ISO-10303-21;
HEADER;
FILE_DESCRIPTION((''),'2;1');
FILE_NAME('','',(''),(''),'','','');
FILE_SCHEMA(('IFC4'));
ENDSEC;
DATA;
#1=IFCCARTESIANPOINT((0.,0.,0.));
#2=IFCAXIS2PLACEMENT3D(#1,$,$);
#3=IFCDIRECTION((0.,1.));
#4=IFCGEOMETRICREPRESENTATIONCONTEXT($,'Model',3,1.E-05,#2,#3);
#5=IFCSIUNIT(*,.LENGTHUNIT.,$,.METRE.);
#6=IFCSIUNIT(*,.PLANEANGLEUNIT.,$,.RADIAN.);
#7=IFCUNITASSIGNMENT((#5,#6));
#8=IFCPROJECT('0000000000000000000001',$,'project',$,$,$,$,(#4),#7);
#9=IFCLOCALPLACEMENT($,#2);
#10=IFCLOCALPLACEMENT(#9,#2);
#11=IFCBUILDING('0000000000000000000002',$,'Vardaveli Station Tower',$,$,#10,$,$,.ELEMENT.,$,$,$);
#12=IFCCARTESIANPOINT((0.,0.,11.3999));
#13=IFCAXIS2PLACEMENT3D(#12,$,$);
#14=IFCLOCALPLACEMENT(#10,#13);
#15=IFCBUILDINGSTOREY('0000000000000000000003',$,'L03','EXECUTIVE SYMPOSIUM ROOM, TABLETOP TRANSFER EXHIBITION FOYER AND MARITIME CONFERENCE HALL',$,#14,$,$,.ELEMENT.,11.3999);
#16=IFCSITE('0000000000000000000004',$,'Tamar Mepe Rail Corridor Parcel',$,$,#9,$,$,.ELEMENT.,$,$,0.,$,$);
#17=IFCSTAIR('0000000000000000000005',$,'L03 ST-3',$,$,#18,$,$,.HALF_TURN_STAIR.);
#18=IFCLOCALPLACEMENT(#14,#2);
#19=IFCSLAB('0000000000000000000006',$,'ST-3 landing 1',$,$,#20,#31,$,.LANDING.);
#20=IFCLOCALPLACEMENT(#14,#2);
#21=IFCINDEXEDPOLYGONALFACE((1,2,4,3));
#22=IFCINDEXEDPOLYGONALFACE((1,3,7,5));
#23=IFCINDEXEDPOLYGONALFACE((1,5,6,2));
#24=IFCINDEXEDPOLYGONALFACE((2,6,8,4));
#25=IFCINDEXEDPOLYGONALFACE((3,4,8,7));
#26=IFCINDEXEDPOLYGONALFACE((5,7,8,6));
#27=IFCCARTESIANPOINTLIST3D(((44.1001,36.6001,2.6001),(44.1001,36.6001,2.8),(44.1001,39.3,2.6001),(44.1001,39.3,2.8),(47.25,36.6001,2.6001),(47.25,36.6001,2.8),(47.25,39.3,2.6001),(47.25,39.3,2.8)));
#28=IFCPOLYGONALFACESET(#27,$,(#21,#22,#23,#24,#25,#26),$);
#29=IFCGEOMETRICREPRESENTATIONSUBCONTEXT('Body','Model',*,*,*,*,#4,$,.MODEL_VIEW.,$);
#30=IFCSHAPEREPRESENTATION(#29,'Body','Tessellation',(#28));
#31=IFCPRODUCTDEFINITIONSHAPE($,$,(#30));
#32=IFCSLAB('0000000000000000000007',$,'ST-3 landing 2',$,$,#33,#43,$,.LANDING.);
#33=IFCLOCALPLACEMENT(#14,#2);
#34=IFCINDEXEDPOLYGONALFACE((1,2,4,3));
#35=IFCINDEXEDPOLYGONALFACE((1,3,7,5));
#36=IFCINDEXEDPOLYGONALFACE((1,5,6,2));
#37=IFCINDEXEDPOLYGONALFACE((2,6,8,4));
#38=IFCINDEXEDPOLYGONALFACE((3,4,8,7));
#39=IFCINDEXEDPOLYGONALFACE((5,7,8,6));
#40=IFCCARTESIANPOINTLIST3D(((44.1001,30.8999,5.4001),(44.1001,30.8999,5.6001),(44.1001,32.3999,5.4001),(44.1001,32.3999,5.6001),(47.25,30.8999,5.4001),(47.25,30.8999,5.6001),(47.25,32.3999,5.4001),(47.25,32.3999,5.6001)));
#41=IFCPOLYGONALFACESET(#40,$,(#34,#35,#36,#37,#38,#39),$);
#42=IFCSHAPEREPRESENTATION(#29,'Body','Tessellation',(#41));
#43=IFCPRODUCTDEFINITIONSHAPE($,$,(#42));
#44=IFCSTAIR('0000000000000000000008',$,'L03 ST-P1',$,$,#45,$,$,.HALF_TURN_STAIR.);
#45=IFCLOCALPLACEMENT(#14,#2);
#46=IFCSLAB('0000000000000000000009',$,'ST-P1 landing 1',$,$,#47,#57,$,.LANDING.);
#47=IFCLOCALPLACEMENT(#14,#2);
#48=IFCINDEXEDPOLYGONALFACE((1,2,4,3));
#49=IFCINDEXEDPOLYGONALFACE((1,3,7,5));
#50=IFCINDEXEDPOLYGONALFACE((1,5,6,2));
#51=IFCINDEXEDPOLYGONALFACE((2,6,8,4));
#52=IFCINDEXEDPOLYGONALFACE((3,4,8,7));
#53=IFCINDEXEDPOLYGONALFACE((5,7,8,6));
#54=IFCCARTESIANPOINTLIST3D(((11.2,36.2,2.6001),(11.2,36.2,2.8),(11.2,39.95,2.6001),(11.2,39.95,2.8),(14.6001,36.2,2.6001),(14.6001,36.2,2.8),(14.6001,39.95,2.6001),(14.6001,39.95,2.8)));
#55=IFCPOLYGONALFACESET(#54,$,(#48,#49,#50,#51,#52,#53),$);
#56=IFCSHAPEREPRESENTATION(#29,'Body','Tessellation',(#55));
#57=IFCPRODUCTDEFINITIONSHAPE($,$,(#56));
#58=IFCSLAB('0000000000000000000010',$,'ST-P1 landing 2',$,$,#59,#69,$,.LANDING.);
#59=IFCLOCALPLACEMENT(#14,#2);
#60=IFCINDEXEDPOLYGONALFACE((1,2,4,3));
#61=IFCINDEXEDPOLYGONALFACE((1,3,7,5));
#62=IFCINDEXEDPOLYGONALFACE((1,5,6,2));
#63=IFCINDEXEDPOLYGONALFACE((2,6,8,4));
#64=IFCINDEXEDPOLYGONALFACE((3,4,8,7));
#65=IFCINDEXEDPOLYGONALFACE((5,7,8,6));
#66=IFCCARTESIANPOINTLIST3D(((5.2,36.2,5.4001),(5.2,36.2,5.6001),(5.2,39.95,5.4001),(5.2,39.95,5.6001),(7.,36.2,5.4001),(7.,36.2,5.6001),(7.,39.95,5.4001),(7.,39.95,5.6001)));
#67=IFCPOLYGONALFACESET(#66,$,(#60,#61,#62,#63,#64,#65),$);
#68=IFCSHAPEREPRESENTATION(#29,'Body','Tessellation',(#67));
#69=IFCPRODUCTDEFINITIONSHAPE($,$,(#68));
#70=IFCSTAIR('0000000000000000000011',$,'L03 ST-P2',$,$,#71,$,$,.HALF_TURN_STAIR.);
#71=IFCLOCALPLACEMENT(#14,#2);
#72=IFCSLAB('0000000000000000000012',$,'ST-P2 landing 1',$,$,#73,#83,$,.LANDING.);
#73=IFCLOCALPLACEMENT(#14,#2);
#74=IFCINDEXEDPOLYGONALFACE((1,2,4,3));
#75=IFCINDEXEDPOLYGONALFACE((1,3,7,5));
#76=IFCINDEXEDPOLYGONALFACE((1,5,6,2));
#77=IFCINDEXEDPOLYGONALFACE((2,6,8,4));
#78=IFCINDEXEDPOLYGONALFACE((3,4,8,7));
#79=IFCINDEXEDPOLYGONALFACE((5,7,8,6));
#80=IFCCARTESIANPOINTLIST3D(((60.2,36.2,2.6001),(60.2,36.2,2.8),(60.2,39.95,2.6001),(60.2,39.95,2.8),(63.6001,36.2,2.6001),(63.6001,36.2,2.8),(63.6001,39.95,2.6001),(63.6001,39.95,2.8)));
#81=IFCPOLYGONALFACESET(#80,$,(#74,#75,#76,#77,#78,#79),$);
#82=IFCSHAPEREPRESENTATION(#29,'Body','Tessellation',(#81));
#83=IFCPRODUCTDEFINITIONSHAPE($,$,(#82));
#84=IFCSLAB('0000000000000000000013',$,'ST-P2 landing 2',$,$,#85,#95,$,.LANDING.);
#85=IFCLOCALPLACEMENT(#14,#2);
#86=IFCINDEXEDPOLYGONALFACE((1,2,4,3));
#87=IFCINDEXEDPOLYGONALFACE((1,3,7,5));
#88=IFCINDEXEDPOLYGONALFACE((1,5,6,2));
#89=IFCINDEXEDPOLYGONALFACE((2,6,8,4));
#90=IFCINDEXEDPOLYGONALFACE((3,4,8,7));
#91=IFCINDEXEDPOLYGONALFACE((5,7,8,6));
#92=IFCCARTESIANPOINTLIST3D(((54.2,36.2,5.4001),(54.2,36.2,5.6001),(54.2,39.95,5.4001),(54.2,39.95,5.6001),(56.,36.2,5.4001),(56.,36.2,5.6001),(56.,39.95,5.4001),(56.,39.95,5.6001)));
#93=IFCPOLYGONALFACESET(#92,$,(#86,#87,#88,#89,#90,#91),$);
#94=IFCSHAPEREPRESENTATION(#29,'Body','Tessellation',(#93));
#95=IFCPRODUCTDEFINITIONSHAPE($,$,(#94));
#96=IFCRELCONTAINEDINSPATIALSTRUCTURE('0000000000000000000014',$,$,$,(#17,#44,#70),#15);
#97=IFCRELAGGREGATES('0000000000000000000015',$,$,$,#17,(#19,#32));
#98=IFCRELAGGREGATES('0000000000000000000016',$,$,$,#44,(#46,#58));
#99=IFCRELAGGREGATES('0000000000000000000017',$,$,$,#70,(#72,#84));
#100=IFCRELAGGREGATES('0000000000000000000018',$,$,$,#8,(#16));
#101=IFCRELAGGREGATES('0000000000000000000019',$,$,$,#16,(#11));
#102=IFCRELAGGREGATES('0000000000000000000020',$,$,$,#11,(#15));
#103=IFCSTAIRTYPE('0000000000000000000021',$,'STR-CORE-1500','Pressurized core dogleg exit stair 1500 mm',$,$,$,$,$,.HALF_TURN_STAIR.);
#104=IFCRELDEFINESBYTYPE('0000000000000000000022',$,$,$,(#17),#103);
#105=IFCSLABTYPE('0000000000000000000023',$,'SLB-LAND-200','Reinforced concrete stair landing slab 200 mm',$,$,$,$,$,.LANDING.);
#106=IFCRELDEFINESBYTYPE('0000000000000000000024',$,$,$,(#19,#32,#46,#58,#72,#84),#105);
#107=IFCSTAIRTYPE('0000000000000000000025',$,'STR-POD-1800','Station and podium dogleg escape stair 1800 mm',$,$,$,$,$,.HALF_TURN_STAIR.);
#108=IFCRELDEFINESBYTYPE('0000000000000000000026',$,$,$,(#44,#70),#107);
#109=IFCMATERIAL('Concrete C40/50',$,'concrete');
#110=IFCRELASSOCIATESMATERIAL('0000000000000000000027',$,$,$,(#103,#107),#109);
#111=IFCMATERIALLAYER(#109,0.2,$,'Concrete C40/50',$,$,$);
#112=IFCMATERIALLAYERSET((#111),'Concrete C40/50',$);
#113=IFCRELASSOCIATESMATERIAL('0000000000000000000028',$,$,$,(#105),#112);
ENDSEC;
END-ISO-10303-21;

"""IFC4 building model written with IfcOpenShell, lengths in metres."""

from ifc_helpers import new_model, si_unit, direction, frame, origin, place, context, subcontext, project, spatial, polyline, outline, extrude, material, layer, layer_set, type_object, element, aggregate, save


model = new_model("IFC4")

# Units and contexts
model_context = context("Model", 3, precision=1e-05, world=origin(), true_north=direction((0.0, 1.0)))
body_context = subcontext(model_context, "Body", "Model", "MODEL_VIEW")
ifc_project = project(units=[si_unit("LENGTHUNIT", "METRE"), si_unit("PLANEANGLEUNIT", "RADIAN")], contexts=[model_context])

# Site, building, storey
site_placement = place(None, origin())
site = spatial("IfcSite", under=ifc_project, at=site_placement, Name="Tamar Mepe Rail Corridor Parcel", CompositionType="ELEMENT", RefElevation=0.0)
building_placement = place(site_placement, origin())
building = spatial("IfcBuilding", under=site, at=building_placement, Name="Vardaveli Station Tower", CompositionType="ELEMENT")
storey_placement = place(building_placement, frame((0.0, 0.0, 11.3999)))
storey = spatial("IfcBuildingStorey", under=building, at=storey_placement, Name="L03", Description="EXECUTIVE SYMPOSIUM ROOM, TABLETOP TRANSFER EXHIBITION FOYER AND MARITIME CONFERENCE HALL", CompositionType="ELEMENT", Elevation=11.3999)

# Stairs, slabs
ifc_material_1 = material(Name="Concrete C40/50", Category="concrete")
stair_type_1 = type_object("IfcStairType", Name="STR-CORE-1500", Description="Pressurized core dogleg exit stair 1500 mm", PredefinedType="HALF_TURN_STAIR", material=ifc_material_1)
ifc_layer_1 = layer(ifc_material_1, 0.2, Name="Concrete C40/50")
ifc_layer_set_1 = layer_set([ifc_layer_1], Name="Concrete C40/50")
slab_type_1 = type_object("IfcSlabType", Name="SLB-LAND-200", Description="Reinforced concrete stair landing slab 200 mm", PredefinedType="LANDING", material=ifc_layer_set_1)
stair_1_placement = place(storey_placement, origin())
stair_1 = element("IfcStair", 1, at=stair_1_placement, inside=storey, type_object=stair_type_1, Name="L03 ST-3", PredefinedType="HALF_TURN_STAIR")
slab_1_placement = place(storey_placement, frame((0.0, 0.0, 2.6001)))
slab_1 = element("IfcSlab", 2, at=slab_1_placement, type_object=slab_type_1, Name="ST-3 landing 1", PredefinedType="LANDING", context=body_context, shape_type="SweptSolid", body=[
    extrude(outline(polyline([(47.25, 36.6001), (47.25, 39.3), (44.1001, 39.3), (44.1001, 36.6001), (47.25, 36.6001)])), origin(), (0.0, 0.0, 1.0), 0.2),
])
slab_2_placement = place(storey_placement, frame((0.0, 0.0, 5.4001)))
slab_2 = element("IfcSlab", 3, at=slab_2_placement, type_object=slab_type_1, Name="ST-3 landing 2", PredefinedType="LANDING", context=body_context, shape_type="SweptSolid", body=[
    extrude(outline(polyline([(47.25, 30.8999), (47.25, 32.3999), (44.1001, 32.3999), (44.1001, 30.8999), (47.25, 30.8999)])), origin(), (0.0, 0.0, 1.0), 0.2),
])
aggregate(stair_1, [slab_1, slab_2])
stair_type_2 = type_object("IfcStairType", Name="STR-POD-1800", Description="Station and podium dogleg escape stair 1800 mm", PredefinedType="HALF_TURN_STAIR", material=ifc_material_1)
stair_2_placement = place(storey_placement, origin())
stair_2 = element("IfcStair", 4, at=stair_2_placement, inside=storey, type_object=stair_type_2, Name="L03 ST-P1", PredefinedType="HALF_TURN_STAIR")
slab_3_placement = place(storey_placement, frame((0.0, 0.0, 2.6001)))
slab_3 = element("IfcSlab", 5, at=slab_3_placement, type_object=slab_type_1, Name="ST-P1 landing 1", PredefinedType="LANDING", context=body_context, shape_type="SweptSolid", body=[
    extrude(outline(polyline([(11.2, 36.2), (14.6001, 36.2), (14.6001, 39.95), (11.2, 39.95), (11.2, 36.2)])), origin(), (0.0, 0.0, 1.0), 0.2),
])
slab_4_placement = place(storey_placement, frame((0.0, 0.0, 5.4001)))
slab_4 = element("IfcSlab", 6, at=slab_4_placement, type_object=slab_type_1, Name="ST-P1 landing 2", PredefinedType="LANDING", context=body_context, shape_type="SweptSolid", body=[
    extrude(outline(polyline([(5.2, 36.2), (7.0, 36.2), (7.0, 39.95), (5.2, 39.95), (5.2, 36.2)])), origin(), (0.0, 0.0, 1.0), 0.2),
])
aggregate(stair_2, [slab_3, slab_4])
stair_3_placement = place(storey_placement, origin())
stair_3 = element("IfcStair", 7, at=stair_3_placement, inside=storey, type_object=stair_type_2, Name="L03 ST-P2", PredefinedType="HALF_TURN_STAIR")
slab_5_placement = place(storey_placement, frame((0.0, 0.0, 2.6001)))
slab_5 = element("IfcSlab", 8, at=slab_5_placement, type_object=slab_type_1, Name="ST-P2 landing 1", PredefinedType="LANDING", context=body_context, shape_type="SweptSolid", body=[
    extrude(outline(polyline([(60.2, 36.2), (63.6001, 36.2), (63.6001, 39.95), (60.2, 39.95), (60.2, 36.2)])), origin(), (0.0, 0.0, 1.0), 0.2),
])
slab_6_placement = place(storey_placement, frame((0.0, 0.0, 5.4001)))
slab_6 = element("IfcSlab", 9, at=slab_6_placement, type_object=slab_type_1, Name="ST-P2 landing 2", PredefinedType="LANDING", context=body_context, shape_type="SweptSolid", body=[
    extrude(outline(polyline([(54.2, 36.2), (56.0, 36.2), (56.0, 39.95), (54.2, 39.95), (54.2, 36.2)])), origin(), (0.0, 0.0, 1.0), 0.2),
])
aggregate(stair_3, [slab_5, slab_6])

save(model, "model.ifc")
